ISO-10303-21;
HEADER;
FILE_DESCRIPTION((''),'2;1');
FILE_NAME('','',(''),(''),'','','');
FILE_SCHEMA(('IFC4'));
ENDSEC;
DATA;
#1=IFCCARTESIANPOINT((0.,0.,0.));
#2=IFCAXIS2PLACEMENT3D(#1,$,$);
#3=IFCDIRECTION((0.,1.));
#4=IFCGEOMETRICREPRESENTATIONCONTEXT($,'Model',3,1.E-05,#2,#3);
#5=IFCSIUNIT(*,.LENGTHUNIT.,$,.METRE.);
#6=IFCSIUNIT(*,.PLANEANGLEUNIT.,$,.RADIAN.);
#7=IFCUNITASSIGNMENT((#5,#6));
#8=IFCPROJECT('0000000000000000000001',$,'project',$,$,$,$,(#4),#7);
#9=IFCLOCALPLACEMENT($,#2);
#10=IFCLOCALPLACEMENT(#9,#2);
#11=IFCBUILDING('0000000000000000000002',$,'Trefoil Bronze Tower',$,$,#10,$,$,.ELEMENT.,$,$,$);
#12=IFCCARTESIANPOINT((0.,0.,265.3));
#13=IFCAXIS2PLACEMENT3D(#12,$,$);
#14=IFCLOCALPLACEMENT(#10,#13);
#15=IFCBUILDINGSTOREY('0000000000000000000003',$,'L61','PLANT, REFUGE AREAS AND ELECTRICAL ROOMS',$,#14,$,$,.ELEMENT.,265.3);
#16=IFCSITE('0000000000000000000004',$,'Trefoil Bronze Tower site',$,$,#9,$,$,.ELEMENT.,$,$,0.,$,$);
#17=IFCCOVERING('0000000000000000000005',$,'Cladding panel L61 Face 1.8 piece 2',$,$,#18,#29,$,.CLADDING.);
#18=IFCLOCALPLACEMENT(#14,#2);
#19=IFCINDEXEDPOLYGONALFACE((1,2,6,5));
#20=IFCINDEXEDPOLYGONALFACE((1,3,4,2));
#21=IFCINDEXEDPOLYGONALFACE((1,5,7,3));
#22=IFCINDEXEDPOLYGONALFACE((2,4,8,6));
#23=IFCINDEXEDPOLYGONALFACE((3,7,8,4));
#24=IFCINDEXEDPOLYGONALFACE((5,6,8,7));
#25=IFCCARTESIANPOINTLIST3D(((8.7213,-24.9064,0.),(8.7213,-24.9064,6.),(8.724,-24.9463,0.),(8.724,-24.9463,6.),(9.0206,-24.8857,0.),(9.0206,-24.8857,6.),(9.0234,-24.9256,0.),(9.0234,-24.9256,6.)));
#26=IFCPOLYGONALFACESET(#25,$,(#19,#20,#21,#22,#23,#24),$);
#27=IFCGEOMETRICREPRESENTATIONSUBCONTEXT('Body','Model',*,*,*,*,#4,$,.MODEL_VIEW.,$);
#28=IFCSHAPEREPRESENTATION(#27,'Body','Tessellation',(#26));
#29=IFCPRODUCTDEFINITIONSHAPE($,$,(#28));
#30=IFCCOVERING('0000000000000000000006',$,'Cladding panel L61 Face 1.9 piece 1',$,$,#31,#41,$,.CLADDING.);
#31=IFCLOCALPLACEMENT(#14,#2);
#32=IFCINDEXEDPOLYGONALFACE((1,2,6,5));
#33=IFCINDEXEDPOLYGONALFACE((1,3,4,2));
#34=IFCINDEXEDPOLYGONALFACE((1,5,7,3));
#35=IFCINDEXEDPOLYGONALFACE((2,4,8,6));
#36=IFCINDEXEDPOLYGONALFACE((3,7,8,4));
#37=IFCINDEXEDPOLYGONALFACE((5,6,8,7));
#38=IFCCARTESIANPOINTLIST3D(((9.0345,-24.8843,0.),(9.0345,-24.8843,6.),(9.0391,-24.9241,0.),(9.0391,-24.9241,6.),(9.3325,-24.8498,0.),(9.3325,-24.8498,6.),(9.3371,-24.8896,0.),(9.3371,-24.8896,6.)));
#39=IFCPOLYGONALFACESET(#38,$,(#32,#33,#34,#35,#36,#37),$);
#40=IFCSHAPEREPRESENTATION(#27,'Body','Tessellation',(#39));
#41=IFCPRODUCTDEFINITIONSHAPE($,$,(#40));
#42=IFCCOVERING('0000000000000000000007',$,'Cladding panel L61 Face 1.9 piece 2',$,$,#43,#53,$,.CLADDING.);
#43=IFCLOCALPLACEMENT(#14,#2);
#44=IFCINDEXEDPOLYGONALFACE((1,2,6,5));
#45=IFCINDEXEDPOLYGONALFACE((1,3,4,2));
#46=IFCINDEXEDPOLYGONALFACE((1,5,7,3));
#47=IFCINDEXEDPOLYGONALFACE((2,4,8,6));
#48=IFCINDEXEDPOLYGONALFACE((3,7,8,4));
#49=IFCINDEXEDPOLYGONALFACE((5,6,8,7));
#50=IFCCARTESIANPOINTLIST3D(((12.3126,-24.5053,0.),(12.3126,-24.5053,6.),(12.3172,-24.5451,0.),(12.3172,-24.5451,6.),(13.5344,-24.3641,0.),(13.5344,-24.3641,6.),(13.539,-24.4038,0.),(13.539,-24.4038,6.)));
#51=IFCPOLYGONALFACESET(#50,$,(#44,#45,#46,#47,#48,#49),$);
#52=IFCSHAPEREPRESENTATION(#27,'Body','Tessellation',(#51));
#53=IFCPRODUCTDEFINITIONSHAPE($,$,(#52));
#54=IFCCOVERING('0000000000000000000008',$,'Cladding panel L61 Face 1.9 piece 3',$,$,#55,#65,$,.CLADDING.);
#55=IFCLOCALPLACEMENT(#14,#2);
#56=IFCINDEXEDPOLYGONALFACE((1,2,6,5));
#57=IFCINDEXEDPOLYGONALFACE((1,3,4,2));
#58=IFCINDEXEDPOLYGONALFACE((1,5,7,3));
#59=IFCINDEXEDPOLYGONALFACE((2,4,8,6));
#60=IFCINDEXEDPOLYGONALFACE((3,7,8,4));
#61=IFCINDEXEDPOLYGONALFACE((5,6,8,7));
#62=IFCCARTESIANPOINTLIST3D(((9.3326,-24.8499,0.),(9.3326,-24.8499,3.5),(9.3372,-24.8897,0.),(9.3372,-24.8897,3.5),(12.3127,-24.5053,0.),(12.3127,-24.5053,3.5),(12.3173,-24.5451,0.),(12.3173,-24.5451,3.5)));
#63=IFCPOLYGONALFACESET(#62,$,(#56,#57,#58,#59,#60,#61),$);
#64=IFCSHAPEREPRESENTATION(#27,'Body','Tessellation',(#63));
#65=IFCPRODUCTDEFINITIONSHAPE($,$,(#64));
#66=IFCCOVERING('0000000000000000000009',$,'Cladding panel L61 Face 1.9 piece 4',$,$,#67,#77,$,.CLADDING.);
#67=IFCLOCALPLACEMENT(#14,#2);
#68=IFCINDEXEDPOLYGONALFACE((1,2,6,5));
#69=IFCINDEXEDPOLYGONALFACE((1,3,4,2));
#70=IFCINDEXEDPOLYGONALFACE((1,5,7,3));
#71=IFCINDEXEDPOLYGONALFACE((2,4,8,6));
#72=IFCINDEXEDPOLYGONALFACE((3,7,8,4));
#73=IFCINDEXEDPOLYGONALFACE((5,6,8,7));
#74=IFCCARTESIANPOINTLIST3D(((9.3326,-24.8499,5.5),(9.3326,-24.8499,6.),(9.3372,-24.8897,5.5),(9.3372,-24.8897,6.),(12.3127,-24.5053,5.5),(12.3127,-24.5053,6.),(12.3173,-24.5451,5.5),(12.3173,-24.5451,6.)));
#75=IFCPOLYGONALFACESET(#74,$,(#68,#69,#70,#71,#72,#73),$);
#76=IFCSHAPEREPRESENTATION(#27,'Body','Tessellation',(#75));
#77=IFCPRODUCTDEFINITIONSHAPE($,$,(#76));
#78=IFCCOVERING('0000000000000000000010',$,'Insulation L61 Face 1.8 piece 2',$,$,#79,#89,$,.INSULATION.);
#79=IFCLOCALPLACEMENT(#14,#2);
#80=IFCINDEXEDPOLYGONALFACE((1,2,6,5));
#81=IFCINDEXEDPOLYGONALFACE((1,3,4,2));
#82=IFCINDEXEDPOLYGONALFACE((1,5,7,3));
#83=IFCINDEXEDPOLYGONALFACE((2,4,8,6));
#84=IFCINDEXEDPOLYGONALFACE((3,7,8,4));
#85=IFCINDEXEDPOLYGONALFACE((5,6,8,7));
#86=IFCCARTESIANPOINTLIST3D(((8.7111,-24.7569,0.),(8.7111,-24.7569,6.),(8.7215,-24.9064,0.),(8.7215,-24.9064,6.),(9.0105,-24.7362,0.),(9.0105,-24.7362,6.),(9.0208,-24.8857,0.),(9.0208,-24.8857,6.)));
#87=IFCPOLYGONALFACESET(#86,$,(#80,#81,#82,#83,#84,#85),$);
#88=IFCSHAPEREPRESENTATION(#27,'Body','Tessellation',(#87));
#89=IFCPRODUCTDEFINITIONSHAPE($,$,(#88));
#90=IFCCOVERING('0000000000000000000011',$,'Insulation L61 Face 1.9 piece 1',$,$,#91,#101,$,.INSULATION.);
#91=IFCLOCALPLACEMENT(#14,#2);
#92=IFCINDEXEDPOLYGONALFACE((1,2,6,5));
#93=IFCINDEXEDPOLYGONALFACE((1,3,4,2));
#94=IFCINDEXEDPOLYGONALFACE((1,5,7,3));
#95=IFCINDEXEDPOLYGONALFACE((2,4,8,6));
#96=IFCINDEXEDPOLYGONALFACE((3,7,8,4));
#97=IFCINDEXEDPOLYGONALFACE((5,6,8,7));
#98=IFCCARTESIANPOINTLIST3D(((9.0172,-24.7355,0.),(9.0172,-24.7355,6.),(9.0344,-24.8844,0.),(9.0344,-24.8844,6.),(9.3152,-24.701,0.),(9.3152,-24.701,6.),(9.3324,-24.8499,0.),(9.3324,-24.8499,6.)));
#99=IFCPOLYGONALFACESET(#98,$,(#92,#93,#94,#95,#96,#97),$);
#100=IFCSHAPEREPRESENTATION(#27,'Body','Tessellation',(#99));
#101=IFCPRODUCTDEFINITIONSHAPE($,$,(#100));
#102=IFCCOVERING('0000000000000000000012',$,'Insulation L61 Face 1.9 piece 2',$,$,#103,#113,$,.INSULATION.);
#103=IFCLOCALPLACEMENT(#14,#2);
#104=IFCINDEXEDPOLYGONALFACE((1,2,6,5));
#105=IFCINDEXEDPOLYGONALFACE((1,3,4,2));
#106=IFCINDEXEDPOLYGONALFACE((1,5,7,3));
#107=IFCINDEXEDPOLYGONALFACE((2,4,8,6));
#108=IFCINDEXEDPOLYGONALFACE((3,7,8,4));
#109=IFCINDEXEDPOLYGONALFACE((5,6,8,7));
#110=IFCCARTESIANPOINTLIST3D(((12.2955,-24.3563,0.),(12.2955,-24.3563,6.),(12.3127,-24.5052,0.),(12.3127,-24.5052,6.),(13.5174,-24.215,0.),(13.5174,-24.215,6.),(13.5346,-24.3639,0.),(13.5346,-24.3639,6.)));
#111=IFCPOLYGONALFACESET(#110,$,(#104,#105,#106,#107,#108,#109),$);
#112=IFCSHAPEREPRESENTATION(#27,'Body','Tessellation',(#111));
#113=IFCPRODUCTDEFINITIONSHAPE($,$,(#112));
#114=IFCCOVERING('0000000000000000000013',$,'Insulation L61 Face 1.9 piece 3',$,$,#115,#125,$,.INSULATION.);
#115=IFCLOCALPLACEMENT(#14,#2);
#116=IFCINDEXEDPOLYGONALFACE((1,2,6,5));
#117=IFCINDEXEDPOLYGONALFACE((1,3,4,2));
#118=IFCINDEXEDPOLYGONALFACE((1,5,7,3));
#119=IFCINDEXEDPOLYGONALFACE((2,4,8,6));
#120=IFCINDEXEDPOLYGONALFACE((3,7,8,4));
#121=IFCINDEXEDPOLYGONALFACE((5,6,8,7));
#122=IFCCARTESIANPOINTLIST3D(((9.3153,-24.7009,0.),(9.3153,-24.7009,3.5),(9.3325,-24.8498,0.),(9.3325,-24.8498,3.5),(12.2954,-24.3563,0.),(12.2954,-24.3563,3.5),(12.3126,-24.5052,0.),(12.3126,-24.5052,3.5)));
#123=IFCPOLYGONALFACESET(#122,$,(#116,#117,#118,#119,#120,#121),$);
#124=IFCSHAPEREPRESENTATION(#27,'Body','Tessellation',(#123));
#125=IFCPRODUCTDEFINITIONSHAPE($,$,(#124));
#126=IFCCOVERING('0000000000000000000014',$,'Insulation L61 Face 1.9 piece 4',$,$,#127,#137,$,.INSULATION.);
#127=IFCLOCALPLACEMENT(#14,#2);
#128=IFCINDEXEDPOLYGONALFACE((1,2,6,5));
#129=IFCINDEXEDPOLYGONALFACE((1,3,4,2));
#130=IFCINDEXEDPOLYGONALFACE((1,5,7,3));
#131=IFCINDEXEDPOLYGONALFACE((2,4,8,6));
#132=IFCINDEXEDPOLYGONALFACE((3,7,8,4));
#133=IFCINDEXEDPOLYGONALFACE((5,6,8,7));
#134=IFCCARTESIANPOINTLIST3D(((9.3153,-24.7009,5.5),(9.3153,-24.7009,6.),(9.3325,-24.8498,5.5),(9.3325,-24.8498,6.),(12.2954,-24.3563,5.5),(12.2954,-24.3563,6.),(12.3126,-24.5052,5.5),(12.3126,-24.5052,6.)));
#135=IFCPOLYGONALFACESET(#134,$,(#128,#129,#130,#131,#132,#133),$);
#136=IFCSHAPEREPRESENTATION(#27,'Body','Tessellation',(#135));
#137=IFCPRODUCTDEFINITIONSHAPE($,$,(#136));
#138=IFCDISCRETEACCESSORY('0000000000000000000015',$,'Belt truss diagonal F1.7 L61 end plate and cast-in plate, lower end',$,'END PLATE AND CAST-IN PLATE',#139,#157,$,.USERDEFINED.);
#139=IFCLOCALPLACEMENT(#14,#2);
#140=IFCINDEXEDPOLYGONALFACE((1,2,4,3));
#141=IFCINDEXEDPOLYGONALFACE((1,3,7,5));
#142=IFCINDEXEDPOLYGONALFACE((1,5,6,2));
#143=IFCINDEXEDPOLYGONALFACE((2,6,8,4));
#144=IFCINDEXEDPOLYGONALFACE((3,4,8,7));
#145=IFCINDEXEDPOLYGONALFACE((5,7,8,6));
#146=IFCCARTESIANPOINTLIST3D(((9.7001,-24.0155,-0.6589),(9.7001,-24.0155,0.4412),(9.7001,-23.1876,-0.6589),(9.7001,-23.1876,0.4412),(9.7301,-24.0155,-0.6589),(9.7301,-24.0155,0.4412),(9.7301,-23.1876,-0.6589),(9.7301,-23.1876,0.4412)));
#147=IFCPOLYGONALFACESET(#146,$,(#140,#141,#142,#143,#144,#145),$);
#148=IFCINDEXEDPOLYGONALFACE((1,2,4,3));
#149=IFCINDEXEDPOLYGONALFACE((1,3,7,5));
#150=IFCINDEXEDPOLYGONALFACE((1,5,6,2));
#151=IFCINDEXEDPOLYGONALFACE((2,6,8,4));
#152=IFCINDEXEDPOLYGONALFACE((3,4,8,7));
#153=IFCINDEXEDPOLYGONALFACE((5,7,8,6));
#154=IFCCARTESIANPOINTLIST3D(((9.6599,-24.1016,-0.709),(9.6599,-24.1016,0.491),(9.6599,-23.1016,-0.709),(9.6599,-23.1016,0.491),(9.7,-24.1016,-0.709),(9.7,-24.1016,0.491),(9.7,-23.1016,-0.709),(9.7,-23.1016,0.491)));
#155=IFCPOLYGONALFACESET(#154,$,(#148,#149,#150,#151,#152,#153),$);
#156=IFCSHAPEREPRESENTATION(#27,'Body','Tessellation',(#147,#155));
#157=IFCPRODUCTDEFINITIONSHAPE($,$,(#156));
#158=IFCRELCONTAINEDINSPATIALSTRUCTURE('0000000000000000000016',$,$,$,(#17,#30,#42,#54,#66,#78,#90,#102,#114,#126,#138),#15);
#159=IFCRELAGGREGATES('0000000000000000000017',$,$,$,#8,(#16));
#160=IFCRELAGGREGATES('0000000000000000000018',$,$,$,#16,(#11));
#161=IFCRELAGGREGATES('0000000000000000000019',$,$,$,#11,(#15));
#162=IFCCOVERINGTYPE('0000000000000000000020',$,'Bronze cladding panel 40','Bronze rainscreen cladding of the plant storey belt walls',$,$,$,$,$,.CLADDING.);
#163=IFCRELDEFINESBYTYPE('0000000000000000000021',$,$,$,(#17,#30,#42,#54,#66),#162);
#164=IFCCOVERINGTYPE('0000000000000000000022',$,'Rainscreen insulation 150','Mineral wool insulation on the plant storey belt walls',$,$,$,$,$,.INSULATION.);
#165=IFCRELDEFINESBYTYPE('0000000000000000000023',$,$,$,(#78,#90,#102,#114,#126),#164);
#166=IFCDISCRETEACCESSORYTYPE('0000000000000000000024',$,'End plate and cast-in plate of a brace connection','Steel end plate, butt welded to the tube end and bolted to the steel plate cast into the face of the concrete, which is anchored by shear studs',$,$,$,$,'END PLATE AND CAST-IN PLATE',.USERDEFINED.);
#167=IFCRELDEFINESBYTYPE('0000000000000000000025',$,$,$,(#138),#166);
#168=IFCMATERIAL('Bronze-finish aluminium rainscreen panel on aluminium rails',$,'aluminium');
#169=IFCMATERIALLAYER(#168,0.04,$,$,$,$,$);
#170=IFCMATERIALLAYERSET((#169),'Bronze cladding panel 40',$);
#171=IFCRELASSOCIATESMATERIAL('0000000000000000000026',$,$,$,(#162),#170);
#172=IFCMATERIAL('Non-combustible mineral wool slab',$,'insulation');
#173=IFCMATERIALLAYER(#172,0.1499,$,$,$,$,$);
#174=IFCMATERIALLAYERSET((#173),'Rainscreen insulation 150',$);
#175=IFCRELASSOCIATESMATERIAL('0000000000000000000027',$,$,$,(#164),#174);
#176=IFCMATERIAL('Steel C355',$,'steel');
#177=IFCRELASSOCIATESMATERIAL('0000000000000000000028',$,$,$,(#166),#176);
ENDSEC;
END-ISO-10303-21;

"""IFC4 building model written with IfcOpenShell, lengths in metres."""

from ifc_helpers import new_model, si_unit, direction, frame, origin, origin_2d, place, context, subcontext, project, spatial, rectangle, extrude, material, layer, layer_set, type_object, element, save


model = new_model("IFC4")

# Units and contexts
model_context = context("Model", 3, precision=1e-05, world=origin(), true_north=direction((0.0, 1.0)))
body_context = subcontext(model_context, "Body", "Model", "MODEL_VIEW")
ifc_project = project(units=[si_unit("LENGTHUNIT", "METRE"), si_unit("PLANEANGLEUNIT", "RADIAN")], contexts=[model_context])

# Site, building, storey
site_placement = place(None, origin())
site = spatial("IfcSite", under=ifc_project, at=site_placement, Name="Trefoil Bronze Tower site", CompositionType="ELEMENT", RefElevation=0.0)
building_placement = place(site_placement, origin())
building = spatial("IfcBuilding", under=site, at=building_placement, Name="Trefoil Bronze Tower", CompositionType="ELEMENT")
storey_placement = place(building_placement, frame((0.0, 0.0, 265.3)))
storey = spatial("IfcBuildingStorey", under=building, at=storey_placement, Name="L61", Description="PLANT, REFUGE AREAS AND ELECTRICAL ROOMS", CompositionType="ELEMENT", Elevation=265.3)

# Coverings
ifc_material_1 = material(Name="Bronze-finish aluminium rainscreen panel on aluminium rails", Category="aluminium")
ifc_layer_1 = layer(ifc_material_1, 0.04)
ifc_layer_set_1 = layer_set([ifc_layer_1], Name="Bronze cladding panel 40")
covering_type_1 = type_object("IfcCoveringType", Name="Bronze cladding panel 40", Description="Bronze rainscreen cladding of the plant storey belt walls", PredefinedType="CLADDING", material=ifc_layer_set_1)
for number, where, z_axis, x_axis, name in (
    (1, (8.8723, -24.916, 0.0), (0.0, 0.0, 1.0), (0.997623, 0.068915, 0.0), "Cladding panel L61 Face 1.8 piece 2"),
    (2, (9.1858, -24.887, 0.0), (0.0, 0.0, 1.0), (0.993382, 0.114859, 0.0), "Cladding panel L61 Face 1.9 piece 1"),
):
    element("IfcCovering", number, at=place(storey_placement, frame(where, z_axis=z_axis, x_axis=x_axis)), inside=storey, type_object=covering_type_1, Name=name, PredefinedType="CLADDING", context=body_context, shape_type="SweptSolid", body=[
        extrude(rectangle(XDim=0.3, YDim=0.04, at=origin_2d()), origin(), (0.0, 0.0, 1.0), 6.0),
    ])
covering_1_placement = place(storey_placement, frame((12.9258, -24.4546, 0.0), z_axis=(0.0, 0.0, 1.0), x_axis=(0.993382, 0.114859, 0.0)))
element("IfcCovering", 3, at=covering_1_placement, inside=storey, type_object=covering_type_1, Name="Cladding panel L61 Face 1.9 piece 2", PredefinedType="CLADDING", context=body_context, shape_type="SweptSolid", body=[
    extrude(rectangle(XDim=1.23, YDim=0.04, at=origin_2d()), origin(), (0.0, 0.0, 1.0), 6.0),
])
covering_2_placement = place(storey_placement, frame((10.825, -24.6975, 0.0), z_axis=(0.0, 0.0, 1.0), x_axis=(0.993382, 0.114859, 0.0)))
element("IfcCovering", 4, at=covering_2_placement, inside=storey, type_object=covering_type_1, Name="Cladding panel L61 Face 1.9 piece 3", PredefinedType="CLADDING", context=body_context, shape_type="SweptSolid", body=[
    extrude(rectangle(XDim=3.0, YDim=0.04, at=origin_2d()), origin(), (0.0, 0.0, 1.0), 3.5),
])
covering_3_placement = place(storey_placement, frame((10.825, -24.6975, 5.5), z_axis=(0.0, 0.0, 1.0), x_axis=(0.993382, 0.114859, 0.0)))
element("IfcCovering", 5, at=covering_3_placement, inside=storey, type_object=covering_type_1, Name="Cladding panel L61 Face 1.9 piece 4", PredefinedType="CLADDING", context=body_context, shape_type="SweptSolid", body=[
    extrude(rectangle(XDim=3.0, YDim=0.04, at=origin_2d()), origin(), (0.0, 0.0, 1.0), 0.5),
])
ifc_material_2 = material(Name="Non-combustible mineral wool slab", Category="insulation")
ifc_layer_2 = layer(ifc_material_2, 0.1499)
ifc_layer_set_2 = layer_set([ifc_layer_2], Name="Rainscreen insulation 150")
covering_type_2 = type_object("IfcCoveringType", Name="Rainscreen insulation 150", Description="Mineral wool insulation on the plant storey belt walls", PredefinedType="INSULATION", material=ifc_layer_set_2)
for number, where, z_axis, x_axis, name in (
    (6, (8.866, -24.8213, 0.0), (0.0, 0.0, 1.0), (0.997623, 0.068915, 0.0), "Insulation L61 Face 1.8 piece 2"),
    (7, (9.1748, -24.7927, 0.0), (0.0, 0.0, 1.0), (0.993382, 0.114859, 0.0), "Insulation L61 Face 1.9 piece 1"),
):
    element("IfcCovering", number, at=place(storey_placement, frame(where, z_axis=z_axis, x_axis=x_axis)), inside=storey, type_object=covering_type_2, Name=name, PredefinedType="INSULATION", context=body_context, shape_type="SweptSolid", body=[
        extrude(rectangle(XDim=0.3, YDim=0.1499, at=origin_2d()), origin(), (0.0, 0.0, 1.0), 6.0),
    ])
covering_4_placement = place(storey_placement, frame((12.915, -24.3601, 0.0), z_axis=(0.0, 0.0, 1.0), x_axis=(0.993382, 0.114859, 0.0)))
element("IfcCovering", 8, at=covering_4_placement, inside=storey, type_object=covering_type_2, Name="Insulation L61 Face 1.9 piece 2", PredefinedType="INSULATION", context=body_context, shape_type="SweptSolid", body=[
    extrude(rectangle(XDim=1.23, YDim=0.1499, at=origin_2d()), origin(), (0.0, 0.0, 1.0), 6.0),
])
covering_5_placement = place(storey_placement, frame((10.814, -24.603, 0.0), z_axis=(0.0, 0.0, 1.0), x_axis=(0.993382, 0.114859, 0.0)))
element("IfcCovering", 9, at=covering_5_placement, inside=storey, type_object=covering_type_2, Name="Insulation L61 Face 1.9 piece 3", PredefinedType="INSULATION", context=body_context, shape_type="SweptSolid", body=[
    extrude(rectangle(XDim=3.0, YDim=0.1499, at=origin_2d()), origin(), (0.0, 0.0, 1.0), 3.5),
])
covering_6_placement = place(storey_placement, frame((10.814, -24.603, 5.5), z_axis=(0.0, 0.0, 1.0), x_axis=(0.993382, 0.114859, 0.0)))
element("IfcCovering", 10, at=covering_6_placement, inside=storey, type_object=covering_type_2, Name="Insulation L61 Face 1.9 piece 4", PredefinedType="INSULATION", context=body_context, shape_type="SweptSolid", body=[
    extrude(rectangle(XDim=3.0, YDim=0.1499, at=origin_2d()), origin(), (0.0, 0.0, 1.0), 0.5),
])

# Discrete accessory
ifc_material_3 = material(Name="Steel C355", Category="steel")
discrete_accessory_type = type_object("IfcDiscreteAccessoryType", Name="End plate and cast-in plate of a brace connection", Description="Steel end plate, butt welded to the tube end and bolted to the steel plate cast into the face of the concrete, which is anchored by shear studs", ElementType="END PLATE AND CAST-IN PLATE", PredefinedType="USERDEFINED", material=ifc_material_3)
discrete_accessory_placement = place(storey_placement, frame((9.7, -23.6016, -0.1089), z_axis=(0.0, 0.0, 1.0), x_axis=(1.0, 0.0, 0.0)))
element("IfcDiscreteAccessory", 11, at=discrete_accessory_placement, inside=storey, type_object=discrete_accessory_type, Name="Belt truss diagonal F1.7 L61 end plate and cast-in plate, lower end", ObjectType="END PLATE AND CAST-IN PLATE", PredefinedType="USERDEFINED", context=body_context, shape_type="SweptSolid", body=[
    extrude(rectangle(XDim=0.03, YDim=0.8279, at=origin_2d()), frame((0.0151, 0.0, -0.55)), (0.0, 0.0, 1.0), 1.1001),
    extrude(rectangle(XDim=0.04, YDim=1.0, at=origin_2d()), frame((-0.02, 0.0, -0.6001)), (0.0, 0.0, 1.0), 1.2),
])

save(model, "model.ifc")
